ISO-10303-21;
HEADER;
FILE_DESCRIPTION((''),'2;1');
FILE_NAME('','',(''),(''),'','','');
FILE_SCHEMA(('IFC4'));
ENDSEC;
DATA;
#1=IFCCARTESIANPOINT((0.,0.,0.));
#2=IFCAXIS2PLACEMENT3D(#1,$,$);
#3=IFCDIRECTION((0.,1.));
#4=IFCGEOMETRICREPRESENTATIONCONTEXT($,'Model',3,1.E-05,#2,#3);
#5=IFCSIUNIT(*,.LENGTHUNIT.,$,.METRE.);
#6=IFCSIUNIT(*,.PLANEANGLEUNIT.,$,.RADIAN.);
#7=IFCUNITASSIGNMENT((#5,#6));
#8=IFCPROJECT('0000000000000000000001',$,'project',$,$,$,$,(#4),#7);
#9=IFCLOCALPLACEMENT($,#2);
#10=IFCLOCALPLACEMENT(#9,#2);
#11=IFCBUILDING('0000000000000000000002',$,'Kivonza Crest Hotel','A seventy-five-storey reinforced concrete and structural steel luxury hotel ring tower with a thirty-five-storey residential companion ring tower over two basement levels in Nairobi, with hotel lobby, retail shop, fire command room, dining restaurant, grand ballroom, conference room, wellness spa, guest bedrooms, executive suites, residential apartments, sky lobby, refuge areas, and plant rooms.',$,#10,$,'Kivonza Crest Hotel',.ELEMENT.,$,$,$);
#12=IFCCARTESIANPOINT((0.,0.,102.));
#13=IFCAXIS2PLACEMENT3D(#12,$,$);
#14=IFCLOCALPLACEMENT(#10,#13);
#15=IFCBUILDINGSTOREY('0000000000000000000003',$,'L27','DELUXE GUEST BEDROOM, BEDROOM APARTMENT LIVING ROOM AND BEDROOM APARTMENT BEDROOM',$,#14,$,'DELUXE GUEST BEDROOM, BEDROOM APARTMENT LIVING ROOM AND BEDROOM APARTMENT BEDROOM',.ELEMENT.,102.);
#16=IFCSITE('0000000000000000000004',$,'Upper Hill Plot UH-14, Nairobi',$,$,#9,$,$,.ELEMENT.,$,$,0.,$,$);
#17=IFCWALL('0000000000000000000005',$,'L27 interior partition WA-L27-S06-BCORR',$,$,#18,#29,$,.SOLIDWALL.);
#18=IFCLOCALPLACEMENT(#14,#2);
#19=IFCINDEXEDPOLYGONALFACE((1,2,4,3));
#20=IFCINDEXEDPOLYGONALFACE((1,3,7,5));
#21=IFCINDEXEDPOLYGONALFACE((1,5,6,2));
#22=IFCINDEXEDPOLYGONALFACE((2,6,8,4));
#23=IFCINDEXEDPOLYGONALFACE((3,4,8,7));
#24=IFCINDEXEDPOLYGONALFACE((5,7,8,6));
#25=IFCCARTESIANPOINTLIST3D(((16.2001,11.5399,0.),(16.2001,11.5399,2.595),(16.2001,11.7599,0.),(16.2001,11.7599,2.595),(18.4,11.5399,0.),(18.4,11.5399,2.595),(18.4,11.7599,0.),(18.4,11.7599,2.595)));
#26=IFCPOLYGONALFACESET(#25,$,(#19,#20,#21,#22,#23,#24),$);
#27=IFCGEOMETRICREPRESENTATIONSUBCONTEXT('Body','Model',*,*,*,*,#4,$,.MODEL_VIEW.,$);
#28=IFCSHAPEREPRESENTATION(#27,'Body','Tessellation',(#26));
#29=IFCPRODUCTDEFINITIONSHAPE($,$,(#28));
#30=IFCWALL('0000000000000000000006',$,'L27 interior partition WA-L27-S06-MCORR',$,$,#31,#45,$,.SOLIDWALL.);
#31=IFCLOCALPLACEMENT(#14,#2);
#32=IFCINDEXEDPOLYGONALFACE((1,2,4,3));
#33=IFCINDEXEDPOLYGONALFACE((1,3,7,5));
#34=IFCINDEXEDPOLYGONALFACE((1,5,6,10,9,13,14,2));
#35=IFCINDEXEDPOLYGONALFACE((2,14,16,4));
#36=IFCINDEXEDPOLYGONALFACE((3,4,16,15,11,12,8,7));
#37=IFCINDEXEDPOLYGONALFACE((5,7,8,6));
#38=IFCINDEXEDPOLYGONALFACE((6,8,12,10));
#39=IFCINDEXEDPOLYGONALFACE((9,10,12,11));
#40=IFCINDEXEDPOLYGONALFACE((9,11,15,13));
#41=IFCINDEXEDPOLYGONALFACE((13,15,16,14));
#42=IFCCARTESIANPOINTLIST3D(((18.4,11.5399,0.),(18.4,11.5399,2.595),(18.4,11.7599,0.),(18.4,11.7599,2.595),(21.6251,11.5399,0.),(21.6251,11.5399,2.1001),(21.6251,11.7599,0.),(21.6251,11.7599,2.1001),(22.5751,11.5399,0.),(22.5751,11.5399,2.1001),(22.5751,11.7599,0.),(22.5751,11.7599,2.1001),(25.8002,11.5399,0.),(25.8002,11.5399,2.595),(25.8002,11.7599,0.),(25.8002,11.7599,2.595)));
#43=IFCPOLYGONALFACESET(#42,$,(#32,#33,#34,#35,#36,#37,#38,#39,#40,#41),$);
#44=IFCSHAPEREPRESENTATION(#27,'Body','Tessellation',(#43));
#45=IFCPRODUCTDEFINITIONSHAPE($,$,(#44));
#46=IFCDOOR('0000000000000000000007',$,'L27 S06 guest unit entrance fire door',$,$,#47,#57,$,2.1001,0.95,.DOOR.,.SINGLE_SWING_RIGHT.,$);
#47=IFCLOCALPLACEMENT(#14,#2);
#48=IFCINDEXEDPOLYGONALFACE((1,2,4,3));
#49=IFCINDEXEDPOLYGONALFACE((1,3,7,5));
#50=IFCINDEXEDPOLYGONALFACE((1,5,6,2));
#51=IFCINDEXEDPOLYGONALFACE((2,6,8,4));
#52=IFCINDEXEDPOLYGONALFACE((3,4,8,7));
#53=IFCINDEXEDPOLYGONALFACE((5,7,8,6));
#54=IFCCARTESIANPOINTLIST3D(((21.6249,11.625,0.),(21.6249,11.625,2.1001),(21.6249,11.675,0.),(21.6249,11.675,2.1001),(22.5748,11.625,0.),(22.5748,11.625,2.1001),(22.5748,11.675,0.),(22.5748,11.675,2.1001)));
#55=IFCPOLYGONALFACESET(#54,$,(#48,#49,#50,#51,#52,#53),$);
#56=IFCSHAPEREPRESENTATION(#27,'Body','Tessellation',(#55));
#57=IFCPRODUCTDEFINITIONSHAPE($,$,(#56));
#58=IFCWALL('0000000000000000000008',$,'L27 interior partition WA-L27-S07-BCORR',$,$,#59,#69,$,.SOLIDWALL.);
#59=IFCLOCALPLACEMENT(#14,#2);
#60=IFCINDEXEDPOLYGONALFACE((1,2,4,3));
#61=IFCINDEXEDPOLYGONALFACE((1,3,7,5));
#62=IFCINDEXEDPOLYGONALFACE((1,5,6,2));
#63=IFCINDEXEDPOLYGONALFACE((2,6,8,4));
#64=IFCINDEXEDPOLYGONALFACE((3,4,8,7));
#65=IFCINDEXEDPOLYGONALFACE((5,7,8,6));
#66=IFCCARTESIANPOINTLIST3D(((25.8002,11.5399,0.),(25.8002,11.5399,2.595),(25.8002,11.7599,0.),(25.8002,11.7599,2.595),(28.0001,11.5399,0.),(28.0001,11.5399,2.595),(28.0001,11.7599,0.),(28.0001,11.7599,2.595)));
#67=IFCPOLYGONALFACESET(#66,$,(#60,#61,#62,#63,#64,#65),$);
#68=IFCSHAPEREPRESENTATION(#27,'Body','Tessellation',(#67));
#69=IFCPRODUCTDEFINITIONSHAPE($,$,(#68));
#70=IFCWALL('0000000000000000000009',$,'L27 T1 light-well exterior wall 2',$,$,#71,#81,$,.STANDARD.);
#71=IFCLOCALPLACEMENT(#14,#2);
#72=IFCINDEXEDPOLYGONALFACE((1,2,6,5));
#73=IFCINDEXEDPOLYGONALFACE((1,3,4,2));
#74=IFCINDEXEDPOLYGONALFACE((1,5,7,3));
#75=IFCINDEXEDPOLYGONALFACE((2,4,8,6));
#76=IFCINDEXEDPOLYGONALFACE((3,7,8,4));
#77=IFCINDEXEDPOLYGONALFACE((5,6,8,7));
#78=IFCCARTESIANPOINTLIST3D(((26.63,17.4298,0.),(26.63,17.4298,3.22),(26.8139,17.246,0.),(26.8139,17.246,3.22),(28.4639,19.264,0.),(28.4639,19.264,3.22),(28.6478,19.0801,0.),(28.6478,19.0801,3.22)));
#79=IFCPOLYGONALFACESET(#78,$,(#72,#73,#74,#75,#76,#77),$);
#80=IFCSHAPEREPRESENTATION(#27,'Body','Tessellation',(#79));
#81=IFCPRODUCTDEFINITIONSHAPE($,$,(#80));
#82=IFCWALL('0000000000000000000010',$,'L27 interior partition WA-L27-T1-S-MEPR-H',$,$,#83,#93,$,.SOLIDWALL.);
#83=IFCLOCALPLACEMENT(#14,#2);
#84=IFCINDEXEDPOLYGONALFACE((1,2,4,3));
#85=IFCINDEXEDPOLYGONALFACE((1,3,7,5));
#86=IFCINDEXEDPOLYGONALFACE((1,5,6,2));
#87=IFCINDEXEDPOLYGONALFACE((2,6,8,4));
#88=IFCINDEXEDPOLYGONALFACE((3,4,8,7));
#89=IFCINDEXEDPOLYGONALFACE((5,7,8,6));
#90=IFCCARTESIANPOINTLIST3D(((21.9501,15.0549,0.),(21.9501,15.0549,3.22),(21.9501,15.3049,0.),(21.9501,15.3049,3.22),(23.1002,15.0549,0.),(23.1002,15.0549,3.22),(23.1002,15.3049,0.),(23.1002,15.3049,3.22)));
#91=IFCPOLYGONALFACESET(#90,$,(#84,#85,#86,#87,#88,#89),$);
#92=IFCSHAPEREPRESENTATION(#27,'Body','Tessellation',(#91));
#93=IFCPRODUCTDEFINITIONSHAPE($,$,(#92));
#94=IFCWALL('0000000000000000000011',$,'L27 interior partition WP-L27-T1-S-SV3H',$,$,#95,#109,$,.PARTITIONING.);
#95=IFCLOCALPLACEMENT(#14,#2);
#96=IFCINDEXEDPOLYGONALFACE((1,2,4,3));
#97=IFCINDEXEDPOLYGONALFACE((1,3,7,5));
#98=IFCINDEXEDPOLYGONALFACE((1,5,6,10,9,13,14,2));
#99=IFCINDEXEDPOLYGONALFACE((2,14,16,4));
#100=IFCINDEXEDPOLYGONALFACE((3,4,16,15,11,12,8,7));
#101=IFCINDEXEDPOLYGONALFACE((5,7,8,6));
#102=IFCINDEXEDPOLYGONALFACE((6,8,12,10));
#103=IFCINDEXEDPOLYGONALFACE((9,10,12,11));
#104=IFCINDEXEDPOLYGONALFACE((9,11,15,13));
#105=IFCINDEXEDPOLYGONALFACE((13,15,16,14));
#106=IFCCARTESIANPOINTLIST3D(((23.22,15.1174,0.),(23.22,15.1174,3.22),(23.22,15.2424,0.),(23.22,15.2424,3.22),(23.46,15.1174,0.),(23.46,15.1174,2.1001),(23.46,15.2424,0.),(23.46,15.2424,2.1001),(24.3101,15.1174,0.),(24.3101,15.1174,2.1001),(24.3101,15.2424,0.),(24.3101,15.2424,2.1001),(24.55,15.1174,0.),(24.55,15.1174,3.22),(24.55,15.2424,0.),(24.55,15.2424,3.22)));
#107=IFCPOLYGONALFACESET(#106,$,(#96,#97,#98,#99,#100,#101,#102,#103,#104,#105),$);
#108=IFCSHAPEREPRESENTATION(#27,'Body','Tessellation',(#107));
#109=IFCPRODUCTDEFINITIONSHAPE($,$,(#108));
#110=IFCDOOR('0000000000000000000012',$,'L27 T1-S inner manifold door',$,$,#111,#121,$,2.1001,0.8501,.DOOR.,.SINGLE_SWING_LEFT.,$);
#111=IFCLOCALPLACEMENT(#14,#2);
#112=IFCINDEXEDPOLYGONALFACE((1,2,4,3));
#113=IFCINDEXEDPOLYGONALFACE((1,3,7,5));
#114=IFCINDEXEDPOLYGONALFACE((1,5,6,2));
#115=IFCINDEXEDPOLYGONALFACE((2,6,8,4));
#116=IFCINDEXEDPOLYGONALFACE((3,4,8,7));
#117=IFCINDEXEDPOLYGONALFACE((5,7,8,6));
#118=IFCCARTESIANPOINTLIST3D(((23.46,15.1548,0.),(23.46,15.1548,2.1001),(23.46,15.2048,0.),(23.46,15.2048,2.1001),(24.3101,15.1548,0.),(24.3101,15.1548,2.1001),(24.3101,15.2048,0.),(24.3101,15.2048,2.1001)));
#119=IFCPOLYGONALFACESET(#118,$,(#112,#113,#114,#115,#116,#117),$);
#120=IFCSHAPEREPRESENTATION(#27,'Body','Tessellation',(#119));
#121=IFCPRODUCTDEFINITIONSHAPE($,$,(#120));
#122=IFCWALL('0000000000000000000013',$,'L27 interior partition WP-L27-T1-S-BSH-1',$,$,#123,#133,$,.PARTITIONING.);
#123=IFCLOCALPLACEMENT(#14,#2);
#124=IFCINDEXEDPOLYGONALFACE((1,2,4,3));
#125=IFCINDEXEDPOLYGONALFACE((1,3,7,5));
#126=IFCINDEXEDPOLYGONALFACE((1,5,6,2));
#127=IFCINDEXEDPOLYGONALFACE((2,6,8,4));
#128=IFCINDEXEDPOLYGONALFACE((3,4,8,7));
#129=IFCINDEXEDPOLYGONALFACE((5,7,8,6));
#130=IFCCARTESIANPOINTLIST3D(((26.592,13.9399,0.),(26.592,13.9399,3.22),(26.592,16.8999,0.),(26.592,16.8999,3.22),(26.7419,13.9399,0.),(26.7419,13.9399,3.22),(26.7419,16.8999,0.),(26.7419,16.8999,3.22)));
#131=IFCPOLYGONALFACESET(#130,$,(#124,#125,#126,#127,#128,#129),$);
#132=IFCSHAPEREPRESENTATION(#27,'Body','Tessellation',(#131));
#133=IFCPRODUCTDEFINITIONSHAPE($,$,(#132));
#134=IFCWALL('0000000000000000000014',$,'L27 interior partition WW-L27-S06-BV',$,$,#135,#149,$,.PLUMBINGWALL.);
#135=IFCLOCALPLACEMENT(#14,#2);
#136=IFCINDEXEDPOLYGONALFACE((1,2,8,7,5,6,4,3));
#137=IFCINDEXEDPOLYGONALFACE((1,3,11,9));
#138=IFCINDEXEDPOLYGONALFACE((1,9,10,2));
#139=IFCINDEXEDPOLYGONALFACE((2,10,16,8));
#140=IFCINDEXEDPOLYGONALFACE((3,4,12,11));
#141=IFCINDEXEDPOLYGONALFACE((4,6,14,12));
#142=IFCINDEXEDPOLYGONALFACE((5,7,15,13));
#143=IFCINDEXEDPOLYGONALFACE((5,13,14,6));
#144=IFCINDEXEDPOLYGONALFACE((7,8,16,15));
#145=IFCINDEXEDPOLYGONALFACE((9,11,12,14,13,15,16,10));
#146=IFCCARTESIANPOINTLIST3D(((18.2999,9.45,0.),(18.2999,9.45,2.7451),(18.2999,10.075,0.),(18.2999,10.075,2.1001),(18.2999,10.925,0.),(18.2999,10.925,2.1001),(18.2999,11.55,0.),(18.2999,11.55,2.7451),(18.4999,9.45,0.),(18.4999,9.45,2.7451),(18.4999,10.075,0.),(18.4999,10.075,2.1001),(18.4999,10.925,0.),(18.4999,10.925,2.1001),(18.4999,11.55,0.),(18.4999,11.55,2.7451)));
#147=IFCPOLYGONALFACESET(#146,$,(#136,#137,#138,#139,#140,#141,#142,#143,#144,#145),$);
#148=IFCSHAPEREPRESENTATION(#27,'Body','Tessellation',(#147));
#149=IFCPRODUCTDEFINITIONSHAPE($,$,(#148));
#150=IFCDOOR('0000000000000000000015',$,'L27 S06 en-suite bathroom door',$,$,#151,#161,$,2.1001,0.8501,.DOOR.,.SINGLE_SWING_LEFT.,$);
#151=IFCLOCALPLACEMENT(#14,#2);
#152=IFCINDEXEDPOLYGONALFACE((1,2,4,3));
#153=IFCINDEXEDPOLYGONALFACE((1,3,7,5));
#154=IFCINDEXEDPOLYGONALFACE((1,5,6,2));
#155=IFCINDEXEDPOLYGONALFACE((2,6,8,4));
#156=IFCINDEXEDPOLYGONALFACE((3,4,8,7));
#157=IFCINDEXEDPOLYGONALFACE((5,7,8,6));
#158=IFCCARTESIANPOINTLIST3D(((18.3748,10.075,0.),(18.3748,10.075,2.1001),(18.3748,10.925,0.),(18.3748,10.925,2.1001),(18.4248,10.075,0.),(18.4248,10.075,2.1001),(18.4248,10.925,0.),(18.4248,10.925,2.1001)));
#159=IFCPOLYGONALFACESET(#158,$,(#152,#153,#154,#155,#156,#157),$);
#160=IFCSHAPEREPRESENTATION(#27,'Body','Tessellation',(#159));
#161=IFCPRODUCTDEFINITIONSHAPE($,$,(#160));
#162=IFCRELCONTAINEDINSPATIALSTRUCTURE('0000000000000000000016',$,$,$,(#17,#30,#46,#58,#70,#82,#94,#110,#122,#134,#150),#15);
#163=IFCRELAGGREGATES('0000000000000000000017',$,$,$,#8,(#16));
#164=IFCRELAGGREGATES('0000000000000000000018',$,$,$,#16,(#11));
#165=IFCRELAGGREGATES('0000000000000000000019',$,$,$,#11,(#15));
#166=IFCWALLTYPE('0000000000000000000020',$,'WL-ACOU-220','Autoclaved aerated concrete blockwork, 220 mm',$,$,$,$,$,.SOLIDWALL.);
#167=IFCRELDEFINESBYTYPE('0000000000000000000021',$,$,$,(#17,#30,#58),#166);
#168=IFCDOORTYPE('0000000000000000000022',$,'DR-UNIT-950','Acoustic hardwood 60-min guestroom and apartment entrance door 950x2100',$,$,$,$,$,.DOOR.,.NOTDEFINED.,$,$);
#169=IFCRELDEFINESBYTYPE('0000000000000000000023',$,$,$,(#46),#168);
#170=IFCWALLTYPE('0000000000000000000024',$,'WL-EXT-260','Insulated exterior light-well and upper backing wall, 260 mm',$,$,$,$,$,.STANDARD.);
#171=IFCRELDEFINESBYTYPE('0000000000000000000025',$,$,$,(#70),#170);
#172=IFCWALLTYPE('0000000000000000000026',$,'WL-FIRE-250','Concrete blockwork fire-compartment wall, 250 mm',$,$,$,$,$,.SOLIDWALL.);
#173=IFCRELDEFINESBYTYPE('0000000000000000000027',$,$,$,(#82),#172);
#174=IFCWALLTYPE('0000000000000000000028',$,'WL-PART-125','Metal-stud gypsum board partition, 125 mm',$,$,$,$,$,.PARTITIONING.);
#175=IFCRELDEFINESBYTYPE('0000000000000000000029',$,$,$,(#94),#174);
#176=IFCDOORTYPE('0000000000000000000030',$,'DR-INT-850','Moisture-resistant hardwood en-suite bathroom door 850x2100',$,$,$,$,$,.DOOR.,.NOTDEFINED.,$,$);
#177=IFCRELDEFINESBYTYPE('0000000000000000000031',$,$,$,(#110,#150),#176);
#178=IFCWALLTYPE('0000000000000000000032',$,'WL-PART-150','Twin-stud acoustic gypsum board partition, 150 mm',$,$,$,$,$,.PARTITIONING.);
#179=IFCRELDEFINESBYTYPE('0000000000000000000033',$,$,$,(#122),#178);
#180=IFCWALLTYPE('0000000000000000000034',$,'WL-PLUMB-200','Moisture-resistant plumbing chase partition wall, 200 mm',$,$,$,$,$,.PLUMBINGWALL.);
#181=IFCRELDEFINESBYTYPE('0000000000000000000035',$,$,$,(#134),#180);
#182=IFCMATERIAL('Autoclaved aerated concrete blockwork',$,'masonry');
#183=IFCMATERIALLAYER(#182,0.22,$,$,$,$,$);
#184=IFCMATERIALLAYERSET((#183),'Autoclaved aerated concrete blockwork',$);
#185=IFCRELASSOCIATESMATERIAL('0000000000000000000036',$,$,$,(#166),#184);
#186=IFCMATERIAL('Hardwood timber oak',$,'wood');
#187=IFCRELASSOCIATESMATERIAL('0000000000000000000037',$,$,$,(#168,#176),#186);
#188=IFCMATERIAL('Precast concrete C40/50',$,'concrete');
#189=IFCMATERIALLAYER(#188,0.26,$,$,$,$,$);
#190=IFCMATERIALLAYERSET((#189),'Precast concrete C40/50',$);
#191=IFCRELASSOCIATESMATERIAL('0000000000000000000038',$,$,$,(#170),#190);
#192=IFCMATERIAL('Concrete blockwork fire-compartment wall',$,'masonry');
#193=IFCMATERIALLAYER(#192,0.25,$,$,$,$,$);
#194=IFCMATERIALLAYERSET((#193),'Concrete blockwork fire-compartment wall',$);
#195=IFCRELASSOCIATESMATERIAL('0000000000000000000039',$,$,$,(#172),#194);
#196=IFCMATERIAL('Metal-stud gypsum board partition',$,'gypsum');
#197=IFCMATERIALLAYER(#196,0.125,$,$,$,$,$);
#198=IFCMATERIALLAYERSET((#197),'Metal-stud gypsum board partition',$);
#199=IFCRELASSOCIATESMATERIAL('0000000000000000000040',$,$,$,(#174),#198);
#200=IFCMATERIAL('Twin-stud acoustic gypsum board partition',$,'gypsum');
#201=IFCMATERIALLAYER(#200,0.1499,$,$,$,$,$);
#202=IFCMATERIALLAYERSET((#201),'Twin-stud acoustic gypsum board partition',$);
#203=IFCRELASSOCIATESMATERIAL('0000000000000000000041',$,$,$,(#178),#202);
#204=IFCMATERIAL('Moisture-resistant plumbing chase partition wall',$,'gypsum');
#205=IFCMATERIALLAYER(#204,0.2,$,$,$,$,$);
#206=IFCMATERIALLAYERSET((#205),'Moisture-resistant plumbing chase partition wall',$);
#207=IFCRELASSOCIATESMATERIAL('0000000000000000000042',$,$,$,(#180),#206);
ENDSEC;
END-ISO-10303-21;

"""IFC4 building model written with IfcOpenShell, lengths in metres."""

from ifc_helpers import new_model, si_unit, direction, frame, frame_2d, origin, place, context, subcontext, project, spatial, rectangle, extrude, material, layer, layer_set, type_object, element, fill, save


model = new_model("IFC4")

# Units and contexts
model_context = context("Model", 3, precision=1e-05, world=origin(), true_north=direction((0.0, 1.0)))
body_context = subcontext(model_context, "Body", "Model", "MODEL_VIEW")
ifc_project = project(units=[si_unit("LENGTHUNIT", "METRE"), si_unit("PLANEANGLEUNIT", "RADIAN")], contexts=[model_context])

# Site, building, storey
site_placement = place(None, origin())
site = spatial("IfcSite", under=ifc_project, at=site_placement, Name="Upper Hill Plot UH-14, Nairobi", CompositionType="ELEMENT", RefElevation=0.0)
building_placement = place(site_placement, origin())
building = spatial("IfcBuilding", under=site, at=building_placement, Name="Kivonza Crest Hotel", Description="A seventy-five-storey reinforced concrete and structural steel luxury hotel ring tower with a thirty-five-storey residential companion ring tower over two basement levels in Nairobi, with hotel lobby, retail shop, fire command room, dining restaurant, grand ballroom, conference room, wellness spa, guest bedrooms, executive suites, residential apartments, sky lobby, refuge areas, and plant rooms.", LongName="Kivonza Crest Hotel", CompositionType="ELEMENT")
storey_placement = place(building_placement, frame((0.0, 0.0, 102.0)))
storey = spatial("IfcBuildingStorey", under=building, at=storey_placement, Name="L27", Description="DELUXE GUEST BEDROOM, BEDROOM APARTMENT LIVING ROOM AND BEDROOM APARTMENT BEDROOM", LongName="DELUXE GUEST BEDROOM, BEDROOM APARTMENT LIVING ROOM AND BEDROOM APARTMENT BEDROOM", CompositionType="ELEMENT", Elevation=102.0)

# Wall
ifc_material_1 = material(Name="Autoclaved aerated concrete blockwork", Category="masonry")
ifc_layer_1 = layer(ifc_material_1, 0.22)
ifc_layer_set_1 = layer_set([ifc_layer_1], Name="Autoclaved aerated concrete blockwork")
wall_type_1 = type_object("IfcWallType", Name="WL-ACOU-220", Description="Autoclaved aerated concrete blockwork, 220 mm", PredefinedType="SOLIDWALL", material=ifc_layer_set_1)
wall_1_placement = place(storey_placement, frame((16.2, 11.6499, 0.0), z_axis=(0.0, 0.0, 1.0), x_axis=(1.0, 0.0, 0.0)))
element("IfcWall", 1, at=wall_1_placement, inside=storey, type_object=wall_type_1, Name="L27 interior partition WA-L27-S06-BCORR", PredefinedType="SOLIDWALL", context=body_context, shape_type="SweptSolid", body=[
    extrude(rectangle(XDim=2.2, YDim=0.22, at=frame_2d((1.1001, 0.0))), origin(), (0.0, 0.0, 1.0), 2.595),
])

# Wall, opening, door
wall_2_placement = place(storey_placement, frame((18.3999, 11.6499, 0.0), z_axis=(0.0, 0.0, 1.0), x_axis=(1.0, 0.0, 0.0)))
wall_2 = element("IfcWall", 2, at=wall_2_placement, inside=storey, type_object=wall_type_1, Name="L27 interior partition WA-L27-S06-MCORR", PredefinedType="SOLIDWALL", context=body_context, shape_type="SweptSolid", body=[
    extrude(rectangle(XDim=7.4001, YDim=0.22, at=frame_2d((3.7002, 0.0))), origin(), (0.0, 0.0, 1.0), 2.595),
])
opening_1_placement = place(wall_2_placement, frame((3.2251, 0.0, 0.0)))
opening_1 = element("IfcOpeningElement", 3, at=opening_1_placement, cuts=wall_2, PredefinedType="OPENING", context=body_context, shape_type="SweptSolid", body=[
    extrude(rectangle(XDim=0.95, YDim=2.1001, at=frame_2d((0.4751, 1.05))), frame((0.0, 0.1201, 0.0), z_axis=(0.0, -1.0, 0.0), x_axis=(1.0, 0.0, 0.0)), (0.0, 0.0, 1.0), 0.24),
])
ifc_material_2 = material(Name="Hardwood timber oak", Category="wood")
door_type_1 = type_object("IfcDoorType", Name="DR-UNIT-950", Description="Acoustic hardwood 60-min guestroom and apartment entrance door 950x2100", OperationType="NOTDEFINED", PredefinedType="DOOR", material=ifc_material_2)
door_1_placement = place(opening_1_placement, frame((0.95, 0.0, 0.0), z_axis=(0.0, 0.0, 1.0), x_axis=(-1.0, 0.0, 0.0)))
door_1 = element("IfcDoor", 4, at=door_1_placement, inside=storey, type_object=door_type_1, Name="L27 S06 guest unit entrance fire door", OperationType="SINGLE_SWING_RIGHT", OverallHeight=2.1001, OverallWidth=0.95, PredefinedType="DOOR", context=body_context, shape_type="SweptSolid", body=[
    extrude(rectangle(XDim=0.95, YDim=2.1001, at=frame_2d((0.4751, 1.05))), frame((0.0, 0.0249, 0.0), z_axis=(0.0, -1.0, 0.0), x_axis=(1.0, 0.0, 0.0)), (0.0, 0.0, 1.0), 0.05),
])
fill(opening_1, door_1)

# Walls
wall_3_placement = place(storey_placement, frame((25.8, 11.6499, 0.0), z_axis=(0.0, 0.0, 1.0), x_axis=(1.0, 0.0, 0.0)))
element("IfcWall", 5, at=wall_3_placement, inside=storey, type_object=wall_type_1, Name="L27 interior partition WA-L27-S07-BCORR", PredefinedType="SOLIDWALL", context=body_context, shape_type="SweptSolid", body=[
    extrude(rectangle(XDim=2.2, YDim=0.22, at=frame_2d((1.1001, 0.0))), origin(), (0.0, 0.0, 1.0), 2.595),
])
ifc_material_3 = material(Name="Precast concrete C40/50", Category="concrete")
ifc_layer_2 = layer(ifc_material_3, 0.26)
ifc_layer_set_2 = layer_set([ifc_layer_2], Name="Precast concrete C40/50")
wall_type_2 = type_object("IfcWallType", Name="WL-EXT-260", Description="Insulated exterior light-well and upper backing wall, 260 mm", PredefinedType="STANDARD", material=ifc_layer_set_2)
wall_4_placement = place(storey_placement, frame((26.7219, 17.3379, 0.0), z_axis=(0.0, 0.0, 1.0), x_axis=(0.70706, 0.707154, 0.0)))
element("IfcWall", 6, at=wall_4_placement, inside=storey, type_object=wall_type_2, Name="L27 T1 light-well exterior wall 2", PredefinedType="STANDARD", context=body_context, shape_type="SweptSolid", body=[
    extrude(rectangle(XDim=2.5938, YDim=0.26, at=frame_2d((1.2969, 0.0))), origin(), (0.0, 0.0, 1.0), 3.22),
])
ifc_material_4 = material(Name="Concrete blockwork fire-compartment wall", Category="masonry")
ifc_layer_3 = layer(ifc_material_4, 0.25)
ifc_layer_set_3 = layer_set([ifc_layer_3], Name="Concrete blockwork fire-compartment wall")
wall_type_3 = type_object("IfcWallType", Name="WL-FIRE-250", Description="Concrete blockwork fire-compartment wall, 250 mm", PredefinedType="SOLIDWALL", material=ifc_layer_set_3)
wall_5_placement = place(storey_placement, frame((21.95, 15.1799, 0.0), z_axis=(0.0, 0.0, 1.0), x_axis=(1.0, 0.0, 0.0)))
element("IfcWall", 7, at=wall_5_placement, inside=storey, type_object=wall_type_3, Name="L27 interior partition WA-L27-T1-S-MEPR-H", PredefinedType="SOLIDWALL", context=body_context, shape_type="SweptSolid", body=[
    extrude(rectangle(XDim=1.1501, YDim=0.25, at=frame_2d((0.5752, 0.0))), origin(), (0.0, 0.0, 1.0), 3.22),
])

# Wall, opening, door
ifc_material_5 = material(Name="Metal-stud gypsum board partition", Category="gypsum")
ifc_layer_4 = layer(ifc_material_5, 0.125)
ifc_layer_set_4 = layer_set([ifc_layer_4], Name="Metal-stud gypsum board partition")
wall_type_4 = type_object("IfcWallType", Name="WL-PART-125", Description="Metal-stud gypsum board partition, 125 mm", PredefinedType="PARTITIONING", material=ifc_layer_set_4)
wall_6_placement = place(storey_placement, frame((23.22, 15.1799, 0.0), z_axis=(0.0, 0.0, 1.0), x_axis=(1.0, 0.0, 0.0)))
wall_6 = element("IfcWall", 8, at=wall_6_placement, inside=storey, type_object=wall_type_4, Name="L27 interior partition WP-L27-T1-S-SV3H", PredefinedType="PARTITIONING", context=body_context, shape_type="SweptSolid", body=[
    extrude(rectangle(XDim=1.3301, YDim=0.125, at=frame_2d((0.665, 0.0))), origin(), (0.0, 0.0, 1.0), 3.22),
])
opening_2_placement = place(wall_6_placement, frame((0.24, 0.0, 0.0)))
opening_2 = element("IfcOpeningElement", 9, at=opening_2_placement, cuts=wall_6, PredefinedType="OPENING", context=body_context, shape_type="SweptSolid", body=[
    extrude(rectangle(XDim=0.8501, YDim=2.1001, at=frame_2d((0.425, 1.05))), frame((0.0, 0.0725, 0.0), z_axis=(0.0, -1.0, 0.0), x_axis=(1.0, 0.0, 0.0)), (0.0, 0.0, 1.0), 0.145),
])
door_type_2 = type_object("IfcDoorType", Name="DR-INT-850", Description="Moisture-resistant hardwood en-suite bathroom door 850x2100", OperationType="NOTDEFINED", PredefinedType="DOOR", material=ifc_material_2)
door_2_placement = place(opening_2_placement, origin())
door_2 = element("IfcDoor", 10, at=door_2_placement, inside=storey, type_object=door_type_2, Name="L27 T1-S inner manifold door", OperationType="SINGLE_SWING_LEFT", OverallHeight=2.1001, OverallWidth=0.8501, PredefinedType="DOOR", context=body_context, shape_type="SweptSolid", body=[
    extrude(rectangle(XDim=0.8501, YDim=2.1001, at=frame_2d((0.425, 1.05))), frame((0.0, 0.0249, 0.0), z_axis=(0.0, -1.0, 0.0), x_axis=(1.0, 0.0, 0.0)), (0.0, 0.0, 1.0), 0.05),
])
fill(opening_2, door_2)

# Wall
ifc_material_6 = material(Name="Twin-stud acoustic gypsum board partition", Category="gypsum")
ifc_layer_5 = layer(ifc_material_6, 0.1499)
ifc_layer_set_5 = layer_set([ifc_layer_5], Name="Twin-stud acoustic gypsum board partition")
wall_type_5 = type_object("IfcWallType", Name="WL-PART-150", Description="Twin-stud acoustic gypsum board partition, 150 mm", PredefinedType="PARTITIONING", material=ifc_layer_set_5)
wall_7_placement = place(storey_placement, frame((26.667, 13.9399, 0.0), z_axis=(0.0, 0.0, 1.0), x_axis=(0.0, 1.0, 0.0)))
element("IfcWall", 11, at=wall_7_placement, inside=storey, type_object=wall_type_5, Name="L27 interior partition WP-L27-T1-S-BSH-1", PredefinedType="PARTITIONING", context=body_context, shape_type="SweptSolid", body=[
    extrude(rectangle(XDim=2.96, YDim=0.1499, at=frame_2d((1.48, 0.0))), origin(), (0.0, 0.0, 1.0), 3.22),
])

# Wall, opening, door
ifc_material_7 = material(Name="Moisture-resistant plumbing chase partition wall", Category="gypsum")
ifc_layer_6 = layer(ifc_material_7, 0.2)
ifc_layer_set_6 = layer_set([ifc_layer_6], Name="Moisture-resistant plumbing chase partition wall")
wall_type_6 = type_object("IfcWallType", Name="WL-PLUMB-200", Description="Moisture-resistant plumbing chase partition wall, 200 mm", PredefinedType="PLUMBINGWALL", material=ifc_layer_set_6)
wall_8_placement = place(storey_placement, frame((18.3999, 9.45, 0.0), z_axis=(0.0, 0.0, 1.0), x_axis=(0.0, 1.0, 0.0)))
wall_8 = element("IfcWall", 12, at=wall_8_placement, inside=storey, type_object=wall_type_6, Name="L27 interior partition WW-L27-S06-BV", PredefinedType="PLUMBINGWALL", context=body_context, shape_type="SweptSolid", body=[
    extrude(rectangle(XDim=2.1001, YDim=0.2, at=frame_2d((1.05, 0.0))), origin(), (0.0, 0.0, 1.0), 2.7451),
])
opening_3_placement = place(wall_8_placement, frame((0.625, 0.0, 0.0)))
opening_3 = element("IfcOpeningElement", 13, at=opening_3_placement, cuts=wall_8, PredefinedType="OPENING", context=body_context, shape_type="SweptSolid", body=[
    extrude(rectangle(XDim=0.8501, YDim=2.1001, at=frame_2d((0.425, 1.05))), frame((0.0, 0.1099, 0.0), z_axis=(0.0, -1.0, 0.0), x_axis=(1.0, 0.0, 0.0)), (0.0, 0.0, 1.0), 0.22),
])
door_3_placement = place(opening_3_placement, frame((0.8501, 0.0, 0.0), z_axis=(0.0, 0.0, 1.0), x_axis=(-1.0, 0.0, 0.0)))
door_3 = element("IfcDoor", 14, at=door_3_placement, inside=storey, type_object=door_type_2, Name="L27 S06 en-suite bathroom door", OperationType="SINGLE_SWING_LEFT", OverallHeight=2.1001, OverallWidth=0.8501, PredefinedType="DOOR", context=body_context, shape_type="SweptSolid", body=[
    extrude(rectangle(XDim=0.8501, YDim=2.1001, at=frame_2d((0.425, 1.05))), frame((0.0, 0.0249, 0.0), z_axis=(0.0, -1.0, 0.0), x_axis=(1.0, 0.0, 0.0)), (0.0, 0.0, 1.0), 0.05),
])
fill(opening_3, door_3)

save(model, "model.ifc")
